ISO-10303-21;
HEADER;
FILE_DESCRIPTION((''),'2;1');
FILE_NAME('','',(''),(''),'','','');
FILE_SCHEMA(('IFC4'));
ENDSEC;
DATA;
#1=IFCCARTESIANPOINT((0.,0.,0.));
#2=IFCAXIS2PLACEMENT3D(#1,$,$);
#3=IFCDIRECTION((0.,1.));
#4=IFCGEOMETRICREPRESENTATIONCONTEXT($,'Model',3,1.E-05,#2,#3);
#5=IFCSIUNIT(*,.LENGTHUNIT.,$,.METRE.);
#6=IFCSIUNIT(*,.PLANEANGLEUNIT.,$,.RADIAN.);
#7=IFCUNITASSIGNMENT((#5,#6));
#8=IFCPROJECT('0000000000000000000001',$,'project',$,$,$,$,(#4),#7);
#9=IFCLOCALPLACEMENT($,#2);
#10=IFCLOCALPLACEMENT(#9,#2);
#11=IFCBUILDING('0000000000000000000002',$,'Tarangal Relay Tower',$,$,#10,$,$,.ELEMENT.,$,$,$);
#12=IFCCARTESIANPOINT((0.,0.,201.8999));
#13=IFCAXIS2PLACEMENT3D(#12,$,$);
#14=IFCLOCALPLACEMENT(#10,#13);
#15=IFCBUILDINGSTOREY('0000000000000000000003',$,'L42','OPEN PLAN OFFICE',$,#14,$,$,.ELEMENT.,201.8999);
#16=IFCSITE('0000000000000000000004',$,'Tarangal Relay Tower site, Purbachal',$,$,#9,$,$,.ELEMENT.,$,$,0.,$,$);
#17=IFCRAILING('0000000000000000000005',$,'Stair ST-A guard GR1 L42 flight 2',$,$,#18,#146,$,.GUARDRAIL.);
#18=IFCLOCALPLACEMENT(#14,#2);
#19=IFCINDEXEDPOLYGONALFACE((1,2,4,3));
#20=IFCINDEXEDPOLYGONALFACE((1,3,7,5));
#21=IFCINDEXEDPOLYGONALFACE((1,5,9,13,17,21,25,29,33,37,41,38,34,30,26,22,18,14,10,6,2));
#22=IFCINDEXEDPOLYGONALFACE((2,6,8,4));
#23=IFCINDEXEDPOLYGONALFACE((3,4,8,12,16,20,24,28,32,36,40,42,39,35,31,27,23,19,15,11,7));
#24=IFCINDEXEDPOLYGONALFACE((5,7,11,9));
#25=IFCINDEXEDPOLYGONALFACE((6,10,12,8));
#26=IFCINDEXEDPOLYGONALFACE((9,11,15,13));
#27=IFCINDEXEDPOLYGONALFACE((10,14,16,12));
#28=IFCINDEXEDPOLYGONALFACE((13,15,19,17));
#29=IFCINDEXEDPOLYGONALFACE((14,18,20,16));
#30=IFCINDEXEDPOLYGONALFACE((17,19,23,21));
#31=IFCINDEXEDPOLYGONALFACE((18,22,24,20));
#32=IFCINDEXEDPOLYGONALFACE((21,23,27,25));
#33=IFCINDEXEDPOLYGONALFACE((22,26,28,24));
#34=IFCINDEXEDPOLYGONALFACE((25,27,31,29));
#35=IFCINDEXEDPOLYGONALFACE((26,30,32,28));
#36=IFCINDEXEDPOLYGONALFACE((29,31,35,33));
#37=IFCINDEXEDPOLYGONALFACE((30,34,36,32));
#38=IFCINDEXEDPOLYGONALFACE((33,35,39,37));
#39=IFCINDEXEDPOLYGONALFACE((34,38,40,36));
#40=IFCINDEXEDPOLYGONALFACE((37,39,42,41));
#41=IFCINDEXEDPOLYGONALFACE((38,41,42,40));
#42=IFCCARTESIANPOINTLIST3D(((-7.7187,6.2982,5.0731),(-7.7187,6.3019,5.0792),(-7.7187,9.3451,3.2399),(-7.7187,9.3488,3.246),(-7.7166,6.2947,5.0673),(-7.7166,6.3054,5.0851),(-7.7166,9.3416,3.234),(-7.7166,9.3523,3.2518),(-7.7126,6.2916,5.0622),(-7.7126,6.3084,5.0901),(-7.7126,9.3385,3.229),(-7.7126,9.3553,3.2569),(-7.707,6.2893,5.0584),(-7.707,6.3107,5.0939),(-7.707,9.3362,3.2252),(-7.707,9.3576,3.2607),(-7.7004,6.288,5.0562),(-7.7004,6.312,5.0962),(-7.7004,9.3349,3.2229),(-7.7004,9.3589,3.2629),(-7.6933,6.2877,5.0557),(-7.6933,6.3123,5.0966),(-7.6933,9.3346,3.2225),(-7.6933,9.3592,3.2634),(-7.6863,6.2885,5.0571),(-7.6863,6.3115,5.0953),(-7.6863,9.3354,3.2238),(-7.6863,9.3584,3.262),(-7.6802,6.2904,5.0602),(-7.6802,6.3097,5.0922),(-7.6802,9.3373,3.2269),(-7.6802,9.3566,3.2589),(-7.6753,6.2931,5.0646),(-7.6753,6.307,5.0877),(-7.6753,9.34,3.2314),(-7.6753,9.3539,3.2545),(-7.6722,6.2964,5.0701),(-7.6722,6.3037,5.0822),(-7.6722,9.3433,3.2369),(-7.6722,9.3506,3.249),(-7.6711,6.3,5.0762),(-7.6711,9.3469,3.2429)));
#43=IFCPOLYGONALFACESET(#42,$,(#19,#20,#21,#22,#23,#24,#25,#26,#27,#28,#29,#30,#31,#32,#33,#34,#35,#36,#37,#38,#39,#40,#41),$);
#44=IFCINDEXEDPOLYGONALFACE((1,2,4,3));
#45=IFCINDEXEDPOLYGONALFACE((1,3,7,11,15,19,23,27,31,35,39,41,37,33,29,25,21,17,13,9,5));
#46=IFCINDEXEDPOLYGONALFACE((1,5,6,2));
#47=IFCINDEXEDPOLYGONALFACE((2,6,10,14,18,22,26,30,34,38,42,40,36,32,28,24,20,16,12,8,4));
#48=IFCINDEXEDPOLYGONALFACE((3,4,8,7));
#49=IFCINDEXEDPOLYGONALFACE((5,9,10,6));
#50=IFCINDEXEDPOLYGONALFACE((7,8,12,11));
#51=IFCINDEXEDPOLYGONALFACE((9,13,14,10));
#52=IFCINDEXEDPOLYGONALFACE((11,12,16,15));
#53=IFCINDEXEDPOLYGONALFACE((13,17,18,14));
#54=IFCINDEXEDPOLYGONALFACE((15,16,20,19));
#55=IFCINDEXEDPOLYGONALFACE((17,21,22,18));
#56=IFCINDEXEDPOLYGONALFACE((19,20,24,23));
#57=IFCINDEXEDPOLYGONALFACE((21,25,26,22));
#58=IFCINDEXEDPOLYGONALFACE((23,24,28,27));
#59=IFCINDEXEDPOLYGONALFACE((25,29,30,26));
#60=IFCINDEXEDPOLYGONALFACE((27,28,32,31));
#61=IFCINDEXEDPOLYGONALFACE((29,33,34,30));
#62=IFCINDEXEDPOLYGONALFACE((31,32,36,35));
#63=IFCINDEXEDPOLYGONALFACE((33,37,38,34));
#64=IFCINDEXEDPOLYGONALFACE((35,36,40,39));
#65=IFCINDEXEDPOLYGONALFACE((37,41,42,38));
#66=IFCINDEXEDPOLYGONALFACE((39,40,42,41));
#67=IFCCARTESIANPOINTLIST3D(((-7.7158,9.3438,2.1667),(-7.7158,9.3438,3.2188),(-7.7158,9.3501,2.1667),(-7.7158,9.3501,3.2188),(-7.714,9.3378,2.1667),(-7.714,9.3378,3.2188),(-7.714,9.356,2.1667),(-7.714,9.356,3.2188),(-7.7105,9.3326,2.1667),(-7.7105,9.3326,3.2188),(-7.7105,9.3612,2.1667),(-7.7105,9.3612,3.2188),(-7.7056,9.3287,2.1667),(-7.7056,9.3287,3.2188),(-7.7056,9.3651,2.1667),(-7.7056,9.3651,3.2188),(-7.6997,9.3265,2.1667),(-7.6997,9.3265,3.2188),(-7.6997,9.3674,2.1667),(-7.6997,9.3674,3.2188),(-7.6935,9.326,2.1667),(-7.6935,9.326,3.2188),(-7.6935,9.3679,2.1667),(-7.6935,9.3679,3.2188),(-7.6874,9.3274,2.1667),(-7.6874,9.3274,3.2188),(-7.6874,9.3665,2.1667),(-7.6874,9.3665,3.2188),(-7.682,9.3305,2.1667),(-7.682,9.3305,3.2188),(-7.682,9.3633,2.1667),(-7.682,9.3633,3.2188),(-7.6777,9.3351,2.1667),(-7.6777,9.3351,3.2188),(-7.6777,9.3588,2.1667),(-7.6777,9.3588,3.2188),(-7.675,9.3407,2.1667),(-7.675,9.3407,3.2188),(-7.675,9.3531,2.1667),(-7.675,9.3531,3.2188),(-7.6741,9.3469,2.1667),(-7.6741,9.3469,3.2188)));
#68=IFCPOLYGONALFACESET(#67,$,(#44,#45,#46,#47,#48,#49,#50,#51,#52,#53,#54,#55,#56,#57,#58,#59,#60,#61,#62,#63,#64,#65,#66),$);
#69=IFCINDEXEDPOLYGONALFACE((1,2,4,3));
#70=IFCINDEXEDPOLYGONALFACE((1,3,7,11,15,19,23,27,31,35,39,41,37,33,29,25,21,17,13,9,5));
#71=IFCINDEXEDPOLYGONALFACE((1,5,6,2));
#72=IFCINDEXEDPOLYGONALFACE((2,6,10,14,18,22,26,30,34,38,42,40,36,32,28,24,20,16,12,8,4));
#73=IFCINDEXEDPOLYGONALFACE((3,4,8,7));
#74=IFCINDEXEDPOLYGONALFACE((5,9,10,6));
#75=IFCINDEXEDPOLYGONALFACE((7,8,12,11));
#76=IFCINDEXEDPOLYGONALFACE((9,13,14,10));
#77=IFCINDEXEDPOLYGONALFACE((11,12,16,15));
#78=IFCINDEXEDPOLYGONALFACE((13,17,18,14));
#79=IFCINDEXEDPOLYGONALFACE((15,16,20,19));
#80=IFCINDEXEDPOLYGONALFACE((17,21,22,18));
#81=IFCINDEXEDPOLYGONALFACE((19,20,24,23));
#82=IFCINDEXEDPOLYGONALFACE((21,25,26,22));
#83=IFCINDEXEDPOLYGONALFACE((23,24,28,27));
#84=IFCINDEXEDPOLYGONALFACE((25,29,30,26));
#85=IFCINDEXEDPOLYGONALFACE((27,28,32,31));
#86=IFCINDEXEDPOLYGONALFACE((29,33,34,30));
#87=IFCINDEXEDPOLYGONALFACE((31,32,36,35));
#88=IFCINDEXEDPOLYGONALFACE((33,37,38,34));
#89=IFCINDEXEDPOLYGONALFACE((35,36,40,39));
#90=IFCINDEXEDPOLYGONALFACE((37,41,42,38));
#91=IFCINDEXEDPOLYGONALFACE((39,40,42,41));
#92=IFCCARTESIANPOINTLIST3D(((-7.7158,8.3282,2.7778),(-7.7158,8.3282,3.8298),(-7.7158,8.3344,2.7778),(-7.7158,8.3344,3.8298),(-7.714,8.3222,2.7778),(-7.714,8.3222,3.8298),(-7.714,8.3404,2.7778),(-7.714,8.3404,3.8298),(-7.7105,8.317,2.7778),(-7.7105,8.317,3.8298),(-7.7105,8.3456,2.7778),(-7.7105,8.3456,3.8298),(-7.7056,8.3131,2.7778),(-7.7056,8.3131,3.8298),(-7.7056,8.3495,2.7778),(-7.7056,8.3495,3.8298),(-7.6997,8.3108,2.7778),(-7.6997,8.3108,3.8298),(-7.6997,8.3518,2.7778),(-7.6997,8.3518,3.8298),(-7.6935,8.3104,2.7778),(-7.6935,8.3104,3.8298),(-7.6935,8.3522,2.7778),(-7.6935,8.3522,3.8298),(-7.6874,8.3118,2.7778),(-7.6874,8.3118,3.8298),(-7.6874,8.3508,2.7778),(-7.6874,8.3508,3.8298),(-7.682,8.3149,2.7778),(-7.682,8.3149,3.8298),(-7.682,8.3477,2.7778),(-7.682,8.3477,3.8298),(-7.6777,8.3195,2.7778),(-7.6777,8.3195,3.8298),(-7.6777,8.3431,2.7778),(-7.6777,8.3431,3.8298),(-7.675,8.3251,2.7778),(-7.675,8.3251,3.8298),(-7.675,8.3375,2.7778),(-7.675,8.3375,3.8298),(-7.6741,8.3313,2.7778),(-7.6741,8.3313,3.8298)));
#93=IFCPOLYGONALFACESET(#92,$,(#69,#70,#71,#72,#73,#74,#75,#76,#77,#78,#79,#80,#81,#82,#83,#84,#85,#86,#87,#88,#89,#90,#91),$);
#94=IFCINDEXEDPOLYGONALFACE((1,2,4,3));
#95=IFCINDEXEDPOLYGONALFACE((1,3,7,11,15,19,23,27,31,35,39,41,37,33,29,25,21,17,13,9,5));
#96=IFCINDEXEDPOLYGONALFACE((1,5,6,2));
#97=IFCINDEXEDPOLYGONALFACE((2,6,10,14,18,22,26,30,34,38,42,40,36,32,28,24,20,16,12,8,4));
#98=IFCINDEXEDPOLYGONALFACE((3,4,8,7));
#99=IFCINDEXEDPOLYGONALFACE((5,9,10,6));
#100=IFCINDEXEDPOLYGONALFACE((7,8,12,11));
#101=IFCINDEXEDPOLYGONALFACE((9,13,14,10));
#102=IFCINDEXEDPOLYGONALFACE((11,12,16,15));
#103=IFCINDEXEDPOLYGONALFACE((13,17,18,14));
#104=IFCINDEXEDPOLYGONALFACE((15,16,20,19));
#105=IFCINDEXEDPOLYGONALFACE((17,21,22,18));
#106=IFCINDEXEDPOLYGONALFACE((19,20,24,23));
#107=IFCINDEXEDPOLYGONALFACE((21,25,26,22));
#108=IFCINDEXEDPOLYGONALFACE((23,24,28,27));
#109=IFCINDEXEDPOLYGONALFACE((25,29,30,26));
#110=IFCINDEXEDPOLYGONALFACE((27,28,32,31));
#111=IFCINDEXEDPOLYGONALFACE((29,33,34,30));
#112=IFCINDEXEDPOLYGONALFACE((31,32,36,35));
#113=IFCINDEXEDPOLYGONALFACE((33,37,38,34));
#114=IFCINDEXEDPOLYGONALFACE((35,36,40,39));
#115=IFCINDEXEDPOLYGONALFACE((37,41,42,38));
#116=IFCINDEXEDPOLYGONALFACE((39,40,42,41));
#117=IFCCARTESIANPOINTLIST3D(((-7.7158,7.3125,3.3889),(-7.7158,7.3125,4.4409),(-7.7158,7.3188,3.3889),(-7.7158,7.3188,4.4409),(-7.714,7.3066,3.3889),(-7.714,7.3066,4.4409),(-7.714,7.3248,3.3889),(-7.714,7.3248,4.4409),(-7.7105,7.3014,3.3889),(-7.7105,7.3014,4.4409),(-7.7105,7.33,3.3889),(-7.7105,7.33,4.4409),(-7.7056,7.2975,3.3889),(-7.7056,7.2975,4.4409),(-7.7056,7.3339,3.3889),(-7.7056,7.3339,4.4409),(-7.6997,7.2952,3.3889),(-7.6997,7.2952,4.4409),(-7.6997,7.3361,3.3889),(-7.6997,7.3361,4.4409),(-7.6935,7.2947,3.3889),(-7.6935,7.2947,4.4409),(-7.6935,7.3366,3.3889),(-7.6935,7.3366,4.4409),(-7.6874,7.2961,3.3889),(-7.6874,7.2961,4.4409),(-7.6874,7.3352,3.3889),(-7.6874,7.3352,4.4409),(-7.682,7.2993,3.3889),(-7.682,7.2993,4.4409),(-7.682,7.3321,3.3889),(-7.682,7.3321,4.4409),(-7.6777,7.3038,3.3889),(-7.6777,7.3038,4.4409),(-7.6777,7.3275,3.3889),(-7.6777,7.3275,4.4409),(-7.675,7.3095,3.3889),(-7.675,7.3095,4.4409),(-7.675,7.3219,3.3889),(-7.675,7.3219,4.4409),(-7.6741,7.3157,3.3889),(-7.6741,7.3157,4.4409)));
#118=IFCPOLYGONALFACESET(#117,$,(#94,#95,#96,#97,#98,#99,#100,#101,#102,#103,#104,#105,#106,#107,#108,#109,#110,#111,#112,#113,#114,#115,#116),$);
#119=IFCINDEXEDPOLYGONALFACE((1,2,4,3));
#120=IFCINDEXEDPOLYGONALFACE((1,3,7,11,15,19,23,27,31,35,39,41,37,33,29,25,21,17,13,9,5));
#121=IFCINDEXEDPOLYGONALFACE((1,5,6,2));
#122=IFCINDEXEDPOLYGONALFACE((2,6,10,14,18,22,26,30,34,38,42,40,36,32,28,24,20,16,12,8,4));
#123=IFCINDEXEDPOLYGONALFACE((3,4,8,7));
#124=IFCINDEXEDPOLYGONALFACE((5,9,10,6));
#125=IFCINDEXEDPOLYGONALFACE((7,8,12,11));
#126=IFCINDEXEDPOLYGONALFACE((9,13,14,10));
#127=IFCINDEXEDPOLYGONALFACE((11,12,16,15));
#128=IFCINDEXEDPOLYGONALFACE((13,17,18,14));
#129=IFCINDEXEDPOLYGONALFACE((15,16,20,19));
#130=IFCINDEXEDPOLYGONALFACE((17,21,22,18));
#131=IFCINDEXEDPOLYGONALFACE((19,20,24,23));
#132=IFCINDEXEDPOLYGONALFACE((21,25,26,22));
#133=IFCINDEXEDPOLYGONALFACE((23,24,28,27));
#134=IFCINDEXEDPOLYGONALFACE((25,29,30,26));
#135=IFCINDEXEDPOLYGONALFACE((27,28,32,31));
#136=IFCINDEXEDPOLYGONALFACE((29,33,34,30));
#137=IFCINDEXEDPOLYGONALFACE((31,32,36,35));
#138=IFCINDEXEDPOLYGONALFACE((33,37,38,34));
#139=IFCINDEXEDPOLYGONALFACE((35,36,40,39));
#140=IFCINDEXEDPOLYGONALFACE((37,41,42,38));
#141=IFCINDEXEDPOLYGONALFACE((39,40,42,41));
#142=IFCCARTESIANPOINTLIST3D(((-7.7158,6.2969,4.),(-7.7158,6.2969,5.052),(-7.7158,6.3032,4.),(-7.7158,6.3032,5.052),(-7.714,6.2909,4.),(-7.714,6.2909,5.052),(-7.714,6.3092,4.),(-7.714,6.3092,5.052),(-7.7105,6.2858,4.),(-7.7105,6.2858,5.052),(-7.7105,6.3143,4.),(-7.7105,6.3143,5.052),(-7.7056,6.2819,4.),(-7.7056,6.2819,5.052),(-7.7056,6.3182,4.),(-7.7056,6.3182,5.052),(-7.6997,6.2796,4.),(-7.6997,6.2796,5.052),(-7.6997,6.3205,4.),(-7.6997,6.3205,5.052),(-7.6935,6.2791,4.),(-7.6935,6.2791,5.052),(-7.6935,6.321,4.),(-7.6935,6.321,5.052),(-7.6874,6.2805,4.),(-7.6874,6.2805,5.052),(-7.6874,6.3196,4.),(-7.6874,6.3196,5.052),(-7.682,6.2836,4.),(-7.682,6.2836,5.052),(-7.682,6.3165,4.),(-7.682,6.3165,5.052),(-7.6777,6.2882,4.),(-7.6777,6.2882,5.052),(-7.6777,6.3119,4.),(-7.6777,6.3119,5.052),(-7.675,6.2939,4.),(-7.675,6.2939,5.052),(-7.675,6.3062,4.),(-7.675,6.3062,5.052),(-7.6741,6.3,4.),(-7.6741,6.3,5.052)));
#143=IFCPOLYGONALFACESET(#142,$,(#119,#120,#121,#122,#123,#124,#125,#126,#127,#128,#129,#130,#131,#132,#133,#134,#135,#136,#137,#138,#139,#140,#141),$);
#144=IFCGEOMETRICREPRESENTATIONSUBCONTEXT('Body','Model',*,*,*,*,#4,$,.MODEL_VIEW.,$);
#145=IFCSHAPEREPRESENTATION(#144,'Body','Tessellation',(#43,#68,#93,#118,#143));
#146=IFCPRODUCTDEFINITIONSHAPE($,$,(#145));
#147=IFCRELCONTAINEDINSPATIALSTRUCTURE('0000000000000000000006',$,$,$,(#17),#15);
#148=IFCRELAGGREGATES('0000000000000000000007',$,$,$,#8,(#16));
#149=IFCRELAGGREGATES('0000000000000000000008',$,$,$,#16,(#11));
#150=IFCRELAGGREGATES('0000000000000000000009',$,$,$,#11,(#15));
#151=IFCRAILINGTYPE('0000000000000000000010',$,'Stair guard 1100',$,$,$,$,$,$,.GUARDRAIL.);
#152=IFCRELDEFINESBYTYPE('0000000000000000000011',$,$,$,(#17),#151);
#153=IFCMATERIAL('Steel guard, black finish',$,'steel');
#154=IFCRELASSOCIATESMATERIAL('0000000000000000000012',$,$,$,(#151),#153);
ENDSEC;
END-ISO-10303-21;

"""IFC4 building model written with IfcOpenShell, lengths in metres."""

from ifc_helpers import new_model, si_unit, direction, frame, origin, origin_2d, place, context, subcontext, project, spatial, circle, extrude, material, type_object, element, save


model = new_model("IFC4")

# Units and contexts
model_context = context("Model", 3, precision=1e-05, world=origin(), true_north=direction((0.0, 1.0)))
body_context = subcontext(model_context, "Body", "Model", "MODEL_VIEW")
ifc_project = project(units=[si_unit("LENGTHUNIT", "METRE"), si_unit("PLANEANGLEUNIT", "RADIAN")], contexts=[model_context])

# Site, building, storey
site_placement = place(None, origin())
site = spatial("IfcSite", under=ifc_project, at=site_placement, Name="Tarangal Relay Tower site, Purbachal", CompositionType="ELEMENT", RefElevation=0.0)
building_placement = place(site_placement, origin())
building = spatial("IfcBuilding", under=site, at=building_placement, Name="Tarangal Relay Tower", CompositionType="ELEMENT")
storey_placement = place(building_placement, frame((0.0, 0.0, 201.8999)))
storey = spatial("IfcBuildingStorey", under=building, at=storey_placement, Name="L42", Description="OPEN PLAN OFFICE", CompositionType="ELEMENT", Elevation=201.8999)

# Railing
ifc_material_1 = material(Name="Steel guard, black finish", Category="steel")
railing_type_1 = type_object("IfcRailingType", Name="Stair guard 1100", PredefinedType="GUARDRAIL", material=ifc_material_1)
railing_1_placement = place(storey_placement, frame((-7.6951, 9.3469, 2.1667)))
element("IfcRailing", 1, at=railing_1_placement, inside=storey, type_object=railing_type_1, Name="Stair ST-A guard GR1 L42 flight 2", PredefinedType="GUARDRAIL", context=body_context, shape_type="SweptSolid", body=[
    extrude(circle(Radius=0.0239, at=origin_2d()), frame((0.0, 0.0, 1.0762), z_axis=(0.0, -0.856856, 0.515556), x_axis=(1.0, 0.0, 0.0)), (0.0, 0.0, 1.0), 3.5559),
    extrude(circle(Radius=0.021, at=origin_2d()), origin(), (0.0, 0.0, 1.0), 1.052),
    extrude(circle(Radius=0.021, at=origin_2d()), frame((0.0, -1.0156, 0.6111)), (0.0, 0.0, 1.0), 1.052),
    extrude(circle(Radius=0.021, at=origin_2d()), frame((0.0, -2.0312, 1.2222)), (0.0, 0.0, 1.0), 1.052),
    extrude(circle(Radius=0.021, at=origin_2d()), frame((0.0, -3.0469, 1.8333)), (0.0, 0.0, 1.0), 1.052),
])

save(model, "model.ifc")
